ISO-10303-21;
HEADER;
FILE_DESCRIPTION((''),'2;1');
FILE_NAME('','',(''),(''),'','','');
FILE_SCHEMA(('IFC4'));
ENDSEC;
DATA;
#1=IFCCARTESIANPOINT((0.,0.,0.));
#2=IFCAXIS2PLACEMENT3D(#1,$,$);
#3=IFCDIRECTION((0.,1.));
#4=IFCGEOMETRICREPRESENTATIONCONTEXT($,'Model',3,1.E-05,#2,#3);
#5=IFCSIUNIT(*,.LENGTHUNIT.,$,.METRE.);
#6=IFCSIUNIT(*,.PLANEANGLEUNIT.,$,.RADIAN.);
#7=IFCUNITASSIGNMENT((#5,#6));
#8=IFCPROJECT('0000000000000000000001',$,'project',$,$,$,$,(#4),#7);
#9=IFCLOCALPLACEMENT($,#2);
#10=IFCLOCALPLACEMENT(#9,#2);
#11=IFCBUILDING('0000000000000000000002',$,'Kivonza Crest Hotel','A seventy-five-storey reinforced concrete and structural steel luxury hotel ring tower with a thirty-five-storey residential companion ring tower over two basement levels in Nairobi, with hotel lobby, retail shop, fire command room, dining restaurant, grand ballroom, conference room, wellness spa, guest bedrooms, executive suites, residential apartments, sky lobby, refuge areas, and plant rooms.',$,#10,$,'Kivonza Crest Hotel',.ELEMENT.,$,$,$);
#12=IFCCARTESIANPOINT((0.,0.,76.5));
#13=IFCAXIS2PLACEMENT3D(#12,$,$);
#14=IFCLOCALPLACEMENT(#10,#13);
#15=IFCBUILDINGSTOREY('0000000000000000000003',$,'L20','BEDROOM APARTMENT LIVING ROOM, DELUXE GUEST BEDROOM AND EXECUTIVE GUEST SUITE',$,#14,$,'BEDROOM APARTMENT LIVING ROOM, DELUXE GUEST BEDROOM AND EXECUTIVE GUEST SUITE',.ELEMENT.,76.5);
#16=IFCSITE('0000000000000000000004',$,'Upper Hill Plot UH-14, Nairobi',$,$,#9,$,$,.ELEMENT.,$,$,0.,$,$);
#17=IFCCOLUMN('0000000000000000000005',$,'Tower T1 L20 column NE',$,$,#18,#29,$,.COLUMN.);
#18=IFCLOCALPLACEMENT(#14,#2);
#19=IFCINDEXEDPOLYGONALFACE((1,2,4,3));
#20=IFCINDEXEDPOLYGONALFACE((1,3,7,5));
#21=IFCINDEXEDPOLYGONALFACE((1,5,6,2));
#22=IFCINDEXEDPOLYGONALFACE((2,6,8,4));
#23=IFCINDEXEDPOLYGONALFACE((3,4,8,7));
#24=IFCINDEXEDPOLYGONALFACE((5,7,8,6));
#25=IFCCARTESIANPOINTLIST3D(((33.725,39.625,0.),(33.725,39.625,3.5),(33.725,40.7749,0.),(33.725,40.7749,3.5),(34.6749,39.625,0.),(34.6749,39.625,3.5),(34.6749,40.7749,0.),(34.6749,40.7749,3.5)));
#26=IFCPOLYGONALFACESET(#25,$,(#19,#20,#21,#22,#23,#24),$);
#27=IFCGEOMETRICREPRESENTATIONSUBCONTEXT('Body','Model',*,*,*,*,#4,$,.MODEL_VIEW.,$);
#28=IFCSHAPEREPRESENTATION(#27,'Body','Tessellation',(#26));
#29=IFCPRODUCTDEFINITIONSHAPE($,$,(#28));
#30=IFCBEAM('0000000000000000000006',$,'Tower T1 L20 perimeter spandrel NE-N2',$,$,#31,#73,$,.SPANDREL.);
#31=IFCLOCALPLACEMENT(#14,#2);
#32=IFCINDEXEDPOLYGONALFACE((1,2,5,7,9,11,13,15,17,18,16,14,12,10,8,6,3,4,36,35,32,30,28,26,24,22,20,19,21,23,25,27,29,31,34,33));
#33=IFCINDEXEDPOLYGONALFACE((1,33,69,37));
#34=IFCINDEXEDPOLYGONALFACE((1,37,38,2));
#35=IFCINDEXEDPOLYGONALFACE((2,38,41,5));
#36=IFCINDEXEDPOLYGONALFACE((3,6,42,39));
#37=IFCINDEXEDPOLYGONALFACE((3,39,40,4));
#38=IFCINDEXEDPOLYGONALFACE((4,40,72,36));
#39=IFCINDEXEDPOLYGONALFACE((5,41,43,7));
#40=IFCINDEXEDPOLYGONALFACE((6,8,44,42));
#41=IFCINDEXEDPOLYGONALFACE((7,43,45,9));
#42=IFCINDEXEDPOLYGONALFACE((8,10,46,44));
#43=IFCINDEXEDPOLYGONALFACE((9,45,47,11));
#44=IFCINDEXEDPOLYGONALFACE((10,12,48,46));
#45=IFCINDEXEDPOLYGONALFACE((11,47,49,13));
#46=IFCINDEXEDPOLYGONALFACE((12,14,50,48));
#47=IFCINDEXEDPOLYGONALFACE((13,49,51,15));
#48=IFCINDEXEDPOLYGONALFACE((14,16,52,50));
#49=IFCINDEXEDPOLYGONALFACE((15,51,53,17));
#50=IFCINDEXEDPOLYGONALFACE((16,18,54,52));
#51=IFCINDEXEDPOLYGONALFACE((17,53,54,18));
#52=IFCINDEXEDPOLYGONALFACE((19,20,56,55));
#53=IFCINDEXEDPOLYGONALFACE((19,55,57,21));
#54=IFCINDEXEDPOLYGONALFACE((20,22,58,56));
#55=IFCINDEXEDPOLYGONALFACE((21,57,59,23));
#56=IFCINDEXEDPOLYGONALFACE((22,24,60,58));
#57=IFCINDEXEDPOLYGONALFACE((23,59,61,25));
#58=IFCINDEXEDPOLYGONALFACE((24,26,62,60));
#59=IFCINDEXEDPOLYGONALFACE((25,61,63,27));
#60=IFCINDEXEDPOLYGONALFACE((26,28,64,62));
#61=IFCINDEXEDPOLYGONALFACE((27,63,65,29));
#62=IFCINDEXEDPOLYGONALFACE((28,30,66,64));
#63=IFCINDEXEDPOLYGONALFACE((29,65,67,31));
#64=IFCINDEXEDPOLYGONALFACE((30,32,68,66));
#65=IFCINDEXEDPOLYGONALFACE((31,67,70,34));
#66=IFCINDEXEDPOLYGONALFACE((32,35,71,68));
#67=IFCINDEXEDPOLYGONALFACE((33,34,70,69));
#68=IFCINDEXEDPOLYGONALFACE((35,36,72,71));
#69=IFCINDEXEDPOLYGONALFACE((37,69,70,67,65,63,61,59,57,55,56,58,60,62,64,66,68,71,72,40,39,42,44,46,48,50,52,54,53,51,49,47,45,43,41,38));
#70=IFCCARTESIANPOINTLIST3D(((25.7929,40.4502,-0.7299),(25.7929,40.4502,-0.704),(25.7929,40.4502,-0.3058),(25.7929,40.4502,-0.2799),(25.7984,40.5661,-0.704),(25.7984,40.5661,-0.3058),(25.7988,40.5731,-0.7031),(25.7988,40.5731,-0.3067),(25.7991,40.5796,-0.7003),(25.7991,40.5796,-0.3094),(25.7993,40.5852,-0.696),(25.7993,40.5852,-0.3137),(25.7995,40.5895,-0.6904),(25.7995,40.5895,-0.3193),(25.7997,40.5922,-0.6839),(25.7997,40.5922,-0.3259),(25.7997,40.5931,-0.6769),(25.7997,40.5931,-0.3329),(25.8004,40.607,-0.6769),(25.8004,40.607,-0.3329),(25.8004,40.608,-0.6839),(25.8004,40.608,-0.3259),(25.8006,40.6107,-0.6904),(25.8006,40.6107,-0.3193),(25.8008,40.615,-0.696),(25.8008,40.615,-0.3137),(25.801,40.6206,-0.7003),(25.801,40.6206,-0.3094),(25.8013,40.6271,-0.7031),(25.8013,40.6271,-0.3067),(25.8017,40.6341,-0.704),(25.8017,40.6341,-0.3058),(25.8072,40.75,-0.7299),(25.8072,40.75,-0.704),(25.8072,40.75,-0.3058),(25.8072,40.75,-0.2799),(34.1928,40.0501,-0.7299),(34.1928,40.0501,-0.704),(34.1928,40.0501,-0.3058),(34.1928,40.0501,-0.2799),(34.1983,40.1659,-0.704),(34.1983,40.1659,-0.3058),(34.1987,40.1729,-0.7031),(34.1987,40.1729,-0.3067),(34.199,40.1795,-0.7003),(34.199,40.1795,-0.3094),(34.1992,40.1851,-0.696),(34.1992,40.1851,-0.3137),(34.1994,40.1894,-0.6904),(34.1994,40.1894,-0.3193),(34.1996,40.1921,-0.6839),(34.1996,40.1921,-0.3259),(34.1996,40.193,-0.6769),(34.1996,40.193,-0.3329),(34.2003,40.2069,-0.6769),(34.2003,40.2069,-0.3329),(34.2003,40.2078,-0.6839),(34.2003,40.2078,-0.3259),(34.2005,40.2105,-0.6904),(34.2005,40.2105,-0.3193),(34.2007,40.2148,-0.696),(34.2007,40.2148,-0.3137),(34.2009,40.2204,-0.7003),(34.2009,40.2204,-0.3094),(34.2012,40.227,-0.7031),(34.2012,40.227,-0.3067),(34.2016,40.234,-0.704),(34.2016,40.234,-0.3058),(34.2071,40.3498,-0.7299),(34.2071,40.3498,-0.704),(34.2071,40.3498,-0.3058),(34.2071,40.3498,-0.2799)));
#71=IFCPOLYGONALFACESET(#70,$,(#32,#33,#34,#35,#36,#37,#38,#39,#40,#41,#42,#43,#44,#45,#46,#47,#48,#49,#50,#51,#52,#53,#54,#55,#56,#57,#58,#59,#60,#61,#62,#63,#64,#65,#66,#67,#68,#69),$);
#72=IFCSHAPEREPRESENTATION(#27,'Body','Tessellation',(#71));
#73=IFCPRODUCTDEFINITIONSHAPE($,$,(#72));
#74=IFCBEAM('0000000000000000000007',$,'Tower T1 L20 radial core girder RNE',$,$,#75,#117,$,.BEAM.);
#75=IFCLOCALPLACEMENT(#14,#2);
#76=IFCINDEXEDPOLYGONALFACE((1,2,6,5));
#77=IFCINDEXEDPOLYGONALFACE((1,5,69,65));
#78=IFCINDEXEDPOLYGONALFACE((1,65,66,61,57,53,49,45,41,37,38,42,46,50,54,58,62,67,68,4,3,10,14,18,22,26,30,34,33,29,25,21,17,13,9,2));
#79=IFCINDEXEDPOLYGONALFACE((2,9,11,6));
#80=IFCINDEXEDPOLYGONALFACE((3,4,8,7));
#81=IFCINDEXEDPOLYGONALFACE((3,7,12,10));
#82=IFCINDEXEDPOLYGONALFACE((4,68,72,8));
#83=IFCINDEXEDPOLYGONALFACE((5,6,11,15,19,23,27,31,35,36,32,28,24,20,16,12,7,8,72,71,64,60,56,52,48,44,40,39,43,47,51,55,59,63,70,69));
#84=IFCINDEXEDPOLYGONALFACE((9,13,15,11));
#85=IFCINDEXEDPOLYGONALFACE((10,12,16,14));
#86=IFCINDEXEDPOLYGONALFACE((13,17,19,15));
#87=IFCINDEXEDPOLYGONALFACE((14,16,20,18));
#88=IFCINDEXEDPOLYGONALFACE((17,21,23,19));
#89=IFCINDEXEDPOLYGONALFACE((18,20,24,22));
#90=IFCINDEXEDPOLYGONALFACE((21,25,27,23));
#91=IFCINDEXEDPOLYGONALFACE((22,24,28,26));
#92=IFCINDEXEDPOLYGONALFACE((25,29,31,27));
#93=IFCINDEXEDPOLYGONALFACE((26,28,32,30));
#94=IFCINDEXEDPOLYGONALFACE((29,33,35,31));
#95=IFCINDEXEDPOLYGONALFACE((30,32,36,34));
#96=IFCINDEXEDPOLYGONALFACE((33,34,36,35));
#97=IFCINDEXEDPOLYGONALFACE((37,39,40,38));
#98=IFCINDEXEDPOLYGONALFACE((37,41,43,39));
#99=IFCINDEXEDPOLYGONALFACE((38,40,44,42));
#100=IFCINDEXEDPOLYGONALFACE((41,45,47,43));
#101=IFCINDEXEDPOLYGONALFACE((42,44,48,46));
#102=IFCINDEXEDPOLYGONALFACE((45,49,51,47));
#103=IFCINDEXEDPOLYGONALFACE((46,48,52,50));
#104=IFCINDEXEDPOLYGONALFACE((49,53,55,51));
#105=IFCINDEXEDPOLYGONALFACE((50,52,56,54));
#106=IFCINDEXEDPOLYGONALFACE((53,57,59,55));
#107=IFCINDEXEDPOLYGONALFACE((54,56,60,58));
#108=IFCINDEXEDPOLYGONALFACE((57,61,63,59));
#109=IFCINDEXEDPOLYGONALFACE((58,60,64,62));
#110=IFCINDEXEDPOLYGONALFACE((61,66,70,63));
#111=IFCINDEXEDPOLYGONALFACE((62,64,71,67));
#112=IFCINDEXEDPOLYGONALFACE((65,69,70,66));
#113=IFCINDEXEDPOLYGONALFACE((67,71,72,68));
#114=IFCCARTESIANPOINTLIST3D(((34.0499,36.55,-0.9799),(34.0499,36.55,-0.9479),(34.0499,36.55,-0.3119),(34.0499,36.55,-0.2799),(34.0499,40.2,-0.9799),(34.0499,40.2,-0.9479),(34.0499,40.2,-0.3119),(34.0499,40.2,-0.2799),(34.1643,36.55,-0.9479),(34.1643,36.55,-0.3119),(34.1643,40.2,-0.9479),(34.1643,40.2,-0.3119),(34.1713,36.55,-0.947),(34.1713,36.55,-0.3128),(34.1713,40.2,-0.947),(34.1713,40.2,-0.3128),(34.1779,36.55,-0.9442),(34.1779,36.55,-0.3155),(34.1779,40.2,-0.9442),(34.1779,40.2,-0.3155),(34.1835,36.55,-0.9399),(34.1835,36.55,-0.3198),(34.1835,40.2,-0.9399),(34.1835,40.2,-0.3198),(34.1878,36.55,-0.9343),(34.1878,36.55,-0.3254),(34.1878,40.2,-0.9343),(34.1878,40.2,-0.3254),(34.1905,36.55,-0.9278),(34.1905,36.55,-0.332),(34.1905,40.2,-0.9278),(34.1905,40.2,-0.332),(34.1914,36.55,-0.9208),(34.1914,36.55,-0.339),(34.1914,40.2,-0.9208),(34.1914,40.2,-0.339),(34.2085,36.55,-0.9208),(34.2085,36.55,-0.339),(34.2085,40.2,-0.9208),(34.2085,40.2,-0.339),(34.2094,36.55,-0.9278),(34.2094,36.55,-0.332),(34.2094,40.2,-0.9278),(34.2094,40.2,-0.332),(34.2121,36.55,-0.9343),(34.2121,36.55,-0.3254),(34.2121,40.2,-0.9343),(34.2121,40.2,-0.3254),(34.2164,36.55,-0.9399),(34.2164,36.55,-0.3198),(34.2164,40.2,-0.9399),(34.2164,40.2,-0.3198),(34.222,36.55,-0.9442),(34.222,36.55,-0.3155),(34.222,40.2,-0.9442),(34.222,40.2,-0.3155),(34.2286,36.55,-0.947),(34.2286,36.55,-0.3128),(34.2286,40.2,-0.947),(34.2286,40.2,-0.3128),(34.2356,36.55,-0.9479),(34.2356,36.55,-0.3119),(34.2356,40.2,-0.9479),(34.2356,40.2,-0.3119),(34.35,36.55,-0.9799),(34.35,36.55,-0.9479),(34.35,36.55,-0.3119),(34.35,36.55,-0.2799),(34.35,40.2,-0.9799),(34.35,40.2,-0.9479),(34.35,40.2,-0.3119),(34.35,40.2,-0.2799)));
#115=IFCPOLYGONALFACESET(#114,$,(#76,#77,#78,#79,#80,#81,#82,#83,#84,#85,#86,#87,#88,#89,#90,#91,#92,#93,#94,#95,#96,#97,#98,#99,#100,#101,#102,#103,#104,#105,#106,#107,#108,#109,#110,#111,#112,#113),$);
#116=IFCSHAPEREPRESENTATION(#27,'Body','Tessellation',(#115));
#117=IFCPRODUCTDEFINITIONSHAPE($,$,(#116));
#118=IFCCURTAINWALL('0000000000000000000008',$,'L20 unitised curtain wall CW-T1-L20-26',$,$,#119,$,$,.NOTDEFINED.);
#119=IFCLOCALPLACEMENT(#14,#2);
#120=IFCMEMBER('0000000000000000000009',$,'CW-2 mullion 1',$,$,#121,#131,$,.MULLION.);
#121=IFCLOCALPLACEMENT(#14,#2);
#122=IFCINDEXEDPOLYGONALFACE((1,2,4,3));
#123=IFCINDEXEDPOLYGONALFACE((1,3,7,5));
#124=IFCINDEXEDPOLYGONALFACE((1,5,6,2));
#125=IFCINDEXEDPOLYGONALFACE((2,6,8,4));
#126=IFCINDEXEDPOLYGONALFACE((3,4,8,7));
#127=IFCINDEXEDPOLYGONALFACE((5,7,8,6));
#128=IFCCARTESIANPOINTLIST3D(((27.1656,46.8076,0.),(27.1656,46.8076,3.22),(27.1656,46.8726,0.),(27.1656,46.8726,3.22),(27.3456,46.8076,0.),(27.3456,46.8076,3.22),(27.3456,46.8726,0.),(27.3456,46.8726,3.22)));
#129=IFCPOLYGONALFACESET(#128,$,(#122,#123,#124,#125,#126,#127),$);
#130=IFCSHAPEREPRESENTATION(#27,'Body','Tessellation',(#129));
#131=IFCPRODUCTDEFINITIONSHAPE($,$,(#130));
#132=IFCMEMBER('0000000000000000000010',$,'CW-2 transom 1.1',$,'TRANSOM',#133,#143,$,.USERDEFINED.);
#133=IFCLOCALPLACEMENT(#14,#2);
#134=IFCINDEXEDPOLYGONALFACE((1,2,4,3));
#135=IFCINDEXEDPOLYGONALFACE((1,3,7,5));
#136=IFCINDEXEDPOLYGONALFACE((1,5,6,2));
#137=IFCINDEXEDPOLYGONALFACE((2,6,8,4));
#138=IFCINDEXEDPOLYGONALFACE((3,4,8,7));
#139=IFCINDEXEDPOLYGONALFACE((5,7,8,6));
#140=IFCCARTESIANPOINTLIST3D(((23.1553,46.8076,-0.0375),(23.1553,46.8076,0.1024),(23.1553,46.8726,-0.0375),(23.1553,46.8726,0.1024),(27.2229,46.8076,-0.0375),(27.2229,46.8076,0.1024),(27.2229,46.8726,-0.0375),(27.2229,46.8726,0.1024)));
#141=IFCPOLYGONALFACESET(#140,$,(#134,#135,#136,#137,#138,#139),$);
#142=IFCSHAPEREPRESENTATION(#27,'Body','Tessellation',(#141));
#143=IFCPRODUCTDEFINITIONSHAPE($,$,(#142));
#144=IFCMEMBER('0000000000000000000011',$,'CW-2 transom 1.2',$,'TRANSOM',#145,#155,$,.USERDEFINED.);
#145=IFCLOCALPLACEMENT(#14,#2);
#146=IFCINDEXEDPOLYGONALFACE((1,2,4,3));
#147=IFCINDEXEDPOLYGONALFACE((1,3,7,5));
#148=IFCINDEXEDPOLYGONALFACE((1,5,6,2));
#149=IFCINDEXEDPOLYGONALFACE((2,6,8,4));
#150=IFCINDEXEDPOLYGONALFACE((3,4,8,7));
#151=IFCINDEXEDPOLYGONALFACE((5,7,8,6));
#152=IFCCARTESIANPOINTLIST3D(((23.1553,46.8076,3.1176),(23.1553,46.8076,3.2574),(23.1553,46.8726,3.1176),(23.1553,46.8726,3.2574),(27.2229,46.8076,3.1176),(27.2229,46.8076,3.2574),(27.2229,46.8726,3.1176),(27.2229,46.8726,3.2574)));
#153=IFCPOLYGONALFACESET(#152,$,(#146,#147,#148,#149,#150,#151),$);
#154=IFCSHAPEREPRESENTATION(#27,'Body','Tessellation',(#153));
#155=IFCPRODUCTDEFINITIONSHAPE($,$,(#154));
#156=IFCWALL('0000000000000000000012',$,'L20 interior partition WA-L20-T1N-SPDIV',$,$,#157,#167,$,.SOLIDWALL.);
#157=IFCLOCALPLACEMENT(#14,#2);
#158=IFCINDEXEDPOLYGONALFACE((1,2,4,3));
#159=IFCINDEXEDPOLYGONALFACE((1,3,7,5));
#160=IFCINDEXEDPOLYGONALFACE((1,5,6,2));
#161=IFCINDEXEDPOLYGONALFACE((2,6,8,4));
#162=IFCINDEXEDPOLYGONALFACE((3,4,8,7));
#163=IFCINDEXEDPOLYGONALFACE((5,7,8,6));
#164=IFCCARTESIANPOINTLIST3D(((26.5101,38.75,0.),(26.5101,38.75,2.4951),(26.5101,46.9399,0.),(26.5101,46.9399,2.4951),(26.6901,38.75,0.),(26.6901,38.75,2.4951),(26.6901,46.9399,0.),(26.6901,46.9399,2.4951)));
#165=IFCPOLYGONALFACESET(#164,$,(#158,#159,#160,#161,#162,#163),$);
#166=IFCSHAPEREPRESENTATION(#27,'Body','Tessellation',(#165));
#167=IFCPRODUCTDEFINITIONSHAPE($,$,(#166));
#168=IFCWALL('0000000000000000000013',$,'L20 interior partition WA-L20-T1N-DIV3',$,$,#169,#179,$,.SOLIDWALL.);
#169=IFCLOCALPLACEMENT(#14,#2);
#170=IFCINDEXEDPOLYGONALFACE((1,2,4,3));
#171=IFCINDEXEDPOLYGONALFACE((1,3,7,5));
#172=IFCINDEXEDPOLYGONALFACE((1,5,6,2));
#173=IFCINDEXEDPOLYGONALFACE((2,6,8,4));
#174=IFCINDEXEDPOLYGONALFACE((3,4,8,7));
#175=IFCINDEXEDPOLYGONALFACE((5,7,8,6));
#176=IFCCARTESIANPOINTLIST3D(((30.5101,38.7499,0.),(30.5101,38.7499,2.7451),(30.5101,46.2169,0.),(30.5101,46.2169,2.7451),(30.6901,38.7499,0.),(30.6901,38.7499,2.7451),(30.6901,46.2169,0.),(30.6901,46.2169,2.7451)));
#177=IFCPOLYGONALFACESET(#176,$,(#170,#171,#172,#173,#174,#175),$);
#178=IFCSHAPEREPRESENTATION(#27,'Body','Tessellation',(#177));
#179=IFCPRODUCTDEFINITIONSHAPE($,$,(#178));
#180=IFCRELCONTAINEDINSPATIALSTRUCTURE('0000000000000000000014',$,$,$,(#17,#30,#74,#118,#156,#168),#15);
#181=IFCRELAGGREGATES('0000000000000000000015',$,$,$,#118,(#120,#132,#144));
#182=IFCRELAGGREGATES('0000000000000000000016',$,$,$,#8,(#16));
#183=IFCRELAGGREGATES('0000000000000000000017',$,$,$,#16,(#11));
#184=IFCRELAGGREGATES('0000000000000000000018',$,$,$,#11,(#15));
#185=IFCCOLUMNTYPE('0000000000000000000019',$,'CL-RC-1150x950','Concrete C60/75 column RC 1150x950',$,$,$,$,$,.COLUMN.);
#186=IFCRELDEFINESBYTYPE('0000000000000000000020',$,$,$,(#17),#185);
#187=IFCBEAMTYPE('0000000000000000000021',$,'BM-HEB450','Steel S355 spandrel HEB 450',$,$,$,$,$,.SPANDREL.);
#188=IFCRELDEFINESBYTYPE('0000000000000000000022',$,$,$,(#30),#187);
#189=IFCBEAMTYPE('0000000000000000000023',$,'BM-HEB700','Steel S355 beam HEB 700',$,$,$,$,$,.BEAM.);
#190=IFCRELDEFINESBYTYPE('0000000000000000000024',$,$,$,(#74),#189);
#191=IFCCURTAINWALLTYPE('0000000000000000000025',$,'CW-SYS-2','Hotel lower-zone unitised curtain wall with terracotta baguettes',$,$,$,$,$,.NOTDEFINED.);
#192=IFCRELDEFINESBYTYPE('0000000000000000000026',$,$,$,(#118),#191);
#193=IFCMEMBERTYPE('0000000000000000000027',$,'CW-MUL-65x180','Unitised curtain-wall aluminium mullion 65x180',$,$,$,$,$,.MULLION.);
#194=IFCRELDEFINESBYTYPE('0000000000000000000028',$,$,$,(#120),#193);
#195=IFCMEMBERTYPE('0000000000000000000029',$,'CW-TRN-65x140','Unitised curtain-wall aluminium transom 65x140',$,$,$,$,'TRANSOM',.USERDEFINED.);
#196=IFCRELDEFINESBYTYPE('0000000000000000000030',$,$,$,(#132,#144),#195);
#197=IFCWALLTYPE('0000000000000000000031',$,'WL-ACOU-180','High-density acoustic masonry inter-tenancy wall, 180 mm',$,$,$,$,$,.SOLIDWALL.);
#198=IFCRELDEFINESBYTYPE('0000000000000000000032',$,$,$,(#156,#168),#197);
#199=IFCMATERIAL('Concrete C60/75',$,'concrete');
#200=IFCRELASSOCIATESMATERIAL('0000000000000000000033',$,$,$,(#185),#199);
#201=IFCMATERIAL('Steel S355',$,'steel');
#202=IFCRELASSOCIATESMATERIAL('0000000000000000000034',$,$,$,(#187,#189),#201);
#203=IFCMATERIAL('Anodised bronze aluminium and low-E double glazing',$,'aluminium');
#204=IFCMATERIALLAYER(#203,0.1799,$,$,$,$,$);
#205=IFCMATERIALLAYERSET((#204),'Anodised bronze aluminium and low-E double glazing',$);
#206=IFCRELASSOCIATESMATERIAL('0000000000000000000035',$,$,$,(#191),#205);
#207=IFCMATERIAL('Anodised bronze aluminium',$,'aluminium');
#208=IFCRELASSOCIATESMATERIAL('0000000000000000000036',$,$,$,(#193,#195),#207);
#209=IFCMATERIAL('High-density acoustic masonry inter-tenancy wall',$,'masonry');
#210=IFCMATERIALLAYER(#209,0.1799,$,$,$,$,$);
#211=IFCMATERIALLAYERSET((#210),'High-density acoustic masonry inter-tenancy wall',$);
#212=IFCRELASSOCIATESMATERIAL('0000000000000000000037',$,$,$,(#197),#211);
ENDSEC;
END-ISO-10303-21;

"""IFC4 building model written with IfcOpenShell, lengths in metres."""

from ifc_helpers import new_model, si_unit, direction, frame, frame_2d, origin, origin_2d, place, context, subcontext, project, spatial, rectangle, i_section, extrude, material, layer, layer_set, material_profile, profile_set, type_object, element, aggregate, save


model = new_model("IFC4")

# Units and contexts
model_context = context("Model", 3, precision=1e-05, world=origin(), true_north=direction((0.0, 1.0)))
body_context = subcontext(model_context, "Body", "Model", "MODEL_VIEW")
ifc_project = project(units=[si_unit("LENGTHUNIT", "METRE"), si_unit("PLANEANGLEUNIT", "RADIAN")], contexts=[model_context])

# Site, building, storey
site_placement = place(None, origin())
site = spatial("IfcSite", under=ifc_project, at=site_placement, Name="Upper Hill Plot UH-14, Nairobi", CompositionType="ELEMENT", RefElevation=0.0)
building_placement = place(site_placement, origin())
building = spatial("IfcBuilding", under=site, at=building_placement, Name="Kivonza Crest Hotel", Description="A seventy-five-storey reinforced concrete and structural steel luxury hotel ring tower with a thirty-five-storey residential companion ring tower over two basement levels in Nairobi, with hotel lobby, retail shop, fire command room, dining restaurant, grand ballroom, conference room, wellness spa, guest bedrooms, executive suites, residential apartments, sky lobby, refuge areas, and plant rooms.", LongName="Kivonza Crest Hotel", CompositionType="ELEMENT")
storey_placement = place(building_placement, frame((0.0, 0.0, 76.5)))
storey = spatial("IfcBuildingStorey", under=building, at=storey_placement, Name="L20", Description="BEDROOM APARTMENT LIVING ROOM, DELUXE GUEST BEDROOM AND EXECUTIVE GUEST SUITE", LongName="BEDROOM APARTMENT LIVING ROOM, DELUXE GUEST BEDROOM AND EXECUTIVE GUEST SUITE", CompositionType="ELEMENT", Elevation=76.5)

# Column
ifc_material_1 = material(Name="Concrete C60/75", Category="concrete")
ifc_material_profile_1 = material_profile(ifc_material_1, rectangle(XDim=0.95, YDim=1.1499, at=origin_2d()), Name="RC 1150x950")
ifc_profile_set_1 = profile_set([ifc_material_profile_1], Name="Concrete C60/75")
column_type = type_object("IfcColumnType", Name="CL-RC-1150x950", Description="Concrete C60/75 column RC 1150x950", PredefinedType="COLUMN", material=ifc_profile_set_1)
column_placement = place(storey_placement, frame((34.2, 40.2, 0.0), z_axis=(0.0, 0.0, 1.0), x_axis=(1.0, 0.0, 0.0)))
element("IfcColumn", 1, at=column_placement, inside=storey, type_object=column_type, Name="Tower T1 L20 column NE", PredefinedType="COLUMN", context=body_context, shape_type="SweptSolid", body=[
    extrude(rectangle(XDim=0.95, YDim=1.1499, at=origin_2d()), origin(), (0.0, 0.0, 1.0), 3.5),
])

# Beams
ifc_material_2 = material(Name="Steel S355", Category="steel")
ifc_material_profile_2 = material_profile(ifc_material_2, i_section(OverallWidth=0.3, OverallDepth=0.45, WebThickness=0.0139, FlangeThickness=0.0259, FilletRadius=0.0271, at=origin_2d()), Name="HEB 450")
ifc_profile_set_2 = profile_set([ifc_material_profile_2], Name="Steel S355")
beam_type_1 = type_object("IfcBeamType", Name="BM-HEB450", Description="Steel S355 spandrel HEB 450", PredefinedType="SPANDREL", material=ifc_profile_set_2)
beam_1_placement = place(storey_placement, frame((34.2, 40.2, -0.5049), z_axis=(-0.998867, 0.047583, 0.0), x_axis=(-0.047583, -0.998867, 0.0)))
element("IfcBeam", 2, at=beam_1_placement, inside=storey, type_object=beam_type_1, Name="Tower T1 L20 perimeter spandrel NE-N2", PredefinedType="SPANDREL", context=body_context, shape_type="SweptSolid", body=[
    extrude(i_section(OverallWidth=0.3, OverallDepth=0.45, WebThickness=0.0139, FlangeThickness=0.0259, FilletRadius=0.0271, at=origin_2d()), origin(), (0.0, 0.0, 1.0), 8.4094),
])
ifc_material_profile_3 = material_profile(ifc_material_2, i_section(OverallWidth=0.3, OverallDepth=0.7, WebThickness=0.0171, FlangeThickness=0.032, FilletRadius=0.0271, at=origin_2d()), Name="HEB 700")
ifc_profile_set_3 = profile_set([ifc_material_profile_3], Name="Steel S355")
beam_type_2 = type_object("IfcBeamType", Name="BM-HEB700", Description="Steel S355 beam HEB 700", PredefinedType="BEAM", material=ifc_profile_set_3)
beam_2_placement = place(storey_placement, frame((34.2, 40.2, -0.6299), z_axis=(0.0, -1.0, 0.0), x_axis=(1.0, 0.0, 0.0)))
element("IfcBeam", 3, at=beam_2_placement, inside=storey, type_object=beam_type_2, Name="Tower T1 L20 radial core girder RNE", PredefinedType="BEAM", context=body_context, shape_type="SweptSolid", body=[
    extrude(i_section(OverallWidth=0.3, OverallDepth=0.7, WebThickness=0.0171, FlangeThickness=0.032, FilletRadius=0.0271, at=origin_2d()), origin(), (0.0, 0.0, 1.0), 3.6499),
])

# Curtain wall, members
ifc_material_3 = material(Name="Anodised bronze aluminium and low-E double glazing", Category="aluminium")
ifc_layer_1 = layer(ifc_material_3, 0.1799)
ifc_layer_set_1 = layer_set([ifc_layer_1], Name="Anodised bronze aluminium and low-E double glazing")
curtain_wall_type = type_object("IfcCurtainWallType", Name="CW-SYS-2", Description="Hotel lower-zone unitised curtain wall with terracotta baguettes", PredefinedType="NOTDEFINED", material=ifc_layer_set_1)
curtain_wall_placement = place(storey_placement, origin())
curtain_wall = element("IfcCurtainWall", 4, at=curtain_wall_placement, inside=storey, type_object=curtain_wall_type, Name="L20 unitised curtain wall CW-T1-L20-26", PredefinedType="NOTDEFINED")
ifc_material_4 = material(Name="Anodised bronze aluminium", Category="aluminium")
ifc_material_profile_4 = material_profile(ifc_material_4, rectangle(XDim=0.0649, YDim=0.1799, at=origin_2d()), Name="CW-M 65x180")
ifc_profile_set_4 = profile_set([ifc_material_profile_4], Name="Anodised bronze aluminium")
member_type_1 = type_object("IfcMemberType", Name="CW-MUL-65x180", Description="Unitised curtain-wall aluminium mullion 65x180", PredefinedType="MULLION", material=ifc_profile_set_4)
member_1_placement = place(storey_placement, frame((27.2556, 46.8401, 0.0), z_axis=(0.0, 0.0, 1.0), x_axis=(0.0, -1.0, 0.0)))
member_1 = element("IfcMember", 5, at=member_1_placement, type_object=member_type_1, Name="CW-2 mullion 1", PredefinedType="MULLION", context=body_context, shape_type="SweptSolid", body=[
    extrude(rectangle(XDim=0.0649, YDim=0.1799, at=origin_2d()), origin(), (0.0, 0.0, 1.0), 3.22),
])
ifc_material_profile_5 = material_profile(ifc_material_4, rectangle(XDim=0.0649, YDim=0.1399, at=origin_2d()), Name="CW-T 65x140")
ifc_profile_set_5 = profile_set([ifc_material_profile_5], Name="Anodised bronze aluminium")
member_type_2 = type_object("IfcMemberType", Name="CW-TRN-65x140", Description="Unitised curtain-wall aluminium transom 65x140", ElementType="TRANSOM", PredefinedType="USERDEFINED", material=ifc_profile_set_5)
member_2_placement = place(storey_placement, frame((27.2229, 46.8401, 0.0325), z_axis=(-1.0, 0.0, 0.0), x_axis=(0.0, -1.0, 0.0)))
member_2 = element("IfcMember", 6, at=member_2_placement, type_object=member_type_2, Name="CW-2 transom 1.1", ObjectType="TRANSOM", PredefinedType="USERDEFINED", context=body_context, shape_type="SweptSolid", body=[
    extrude(rectangle(XDim=0.0649, YDim=0.1399, at=origin_2d()), origin(), (0.0, 0.0, 1.0), 4.0676),
])
member_3_placement = place(storey_placement, frame((27.2229, 46.8401, 3.1875), z_axis=(-1.0, 0.0, 0.0), x_axis=(0.0, -1.0, 0.0)))
member_3 = element("IfcMember", 7, at=member_3_placement, type_object=member_type_2, Name="CW-2 transom 1.2", ObjectType="TRANSOM", PredefinedType="USERDEFINED", context=body_context, shape_type="SweptSolid", body=[
    extrude(rectangle(XDim=0.0649, YDim=0.1399, at=origin_2d()), origin(), (0.0, 0.0, 1.0), 4.0676),
])
aggregate(curtain_wall, [member_1, member_2, member_3])

# Walls
ifc_material_5 = material(Name="High-density acoustic masonry inter-tenancy wall", Category="masonry")
ifc_layer_2 = layer(ifc_material_5, 0.1799)
ifc_layer_set_2 = layer_set([ifc_layer_2], Name="High-density acoustic masonry inter-tenancy wall")
wall_type_1 = type_object("IfcWallType", Name="WL-ACOU-180", Description="High-density acoustic masonry inter-tenancy wall, 180 mm", PredefinedType="SOLIDWALL", material=ifc_layer_set_2)
wall_1_placement = place(storey_placement, frame((26.6001, 38.75, 0.0), z_axis=(0.0, 0.0, 1.0), x_axis=(0.0, 1.0, 0.0)))
element("IfcWall", 8, at=wall_1_placement, inside=storey, type_object=wall_type_1, Name="L20 interior partition WA-L20-T1N-SPDIV", PredefinedType="SOLIDWALL", context=body_context, shape_type="SweptSolid", body=[
    extrude(rectangle(XDim=8.1899, YDim=0.1799, at=frame_2d((4.095, 0.0))), origin(), (0.0, 0.0, 1.0), 2.4951),
])
wall_2_placement = place(storey_placement, frame((30.6001, 38.75, 0.0), z_axis=(0.0, 0.0, 1.0), x_axis=(0.0, 1.0, 0.0)))
element("IfcWall", 9, at=wall_2_placement, inside=storey, type_object=wall_type_1, Name="L20 interior partition WA-L20-T1N-DIV3", PredefinedType="SOLIDWALL", context=body_context, shape_type="SweptSolid", body=[
    extrude(rectangle(XDim=7.467, YDim=0.1799, at=frame_2d((3.7334, 0.0))), origin(), (0.0, 0.0, 1.0), 2.7451),
])

save(model, "model.ifc")
